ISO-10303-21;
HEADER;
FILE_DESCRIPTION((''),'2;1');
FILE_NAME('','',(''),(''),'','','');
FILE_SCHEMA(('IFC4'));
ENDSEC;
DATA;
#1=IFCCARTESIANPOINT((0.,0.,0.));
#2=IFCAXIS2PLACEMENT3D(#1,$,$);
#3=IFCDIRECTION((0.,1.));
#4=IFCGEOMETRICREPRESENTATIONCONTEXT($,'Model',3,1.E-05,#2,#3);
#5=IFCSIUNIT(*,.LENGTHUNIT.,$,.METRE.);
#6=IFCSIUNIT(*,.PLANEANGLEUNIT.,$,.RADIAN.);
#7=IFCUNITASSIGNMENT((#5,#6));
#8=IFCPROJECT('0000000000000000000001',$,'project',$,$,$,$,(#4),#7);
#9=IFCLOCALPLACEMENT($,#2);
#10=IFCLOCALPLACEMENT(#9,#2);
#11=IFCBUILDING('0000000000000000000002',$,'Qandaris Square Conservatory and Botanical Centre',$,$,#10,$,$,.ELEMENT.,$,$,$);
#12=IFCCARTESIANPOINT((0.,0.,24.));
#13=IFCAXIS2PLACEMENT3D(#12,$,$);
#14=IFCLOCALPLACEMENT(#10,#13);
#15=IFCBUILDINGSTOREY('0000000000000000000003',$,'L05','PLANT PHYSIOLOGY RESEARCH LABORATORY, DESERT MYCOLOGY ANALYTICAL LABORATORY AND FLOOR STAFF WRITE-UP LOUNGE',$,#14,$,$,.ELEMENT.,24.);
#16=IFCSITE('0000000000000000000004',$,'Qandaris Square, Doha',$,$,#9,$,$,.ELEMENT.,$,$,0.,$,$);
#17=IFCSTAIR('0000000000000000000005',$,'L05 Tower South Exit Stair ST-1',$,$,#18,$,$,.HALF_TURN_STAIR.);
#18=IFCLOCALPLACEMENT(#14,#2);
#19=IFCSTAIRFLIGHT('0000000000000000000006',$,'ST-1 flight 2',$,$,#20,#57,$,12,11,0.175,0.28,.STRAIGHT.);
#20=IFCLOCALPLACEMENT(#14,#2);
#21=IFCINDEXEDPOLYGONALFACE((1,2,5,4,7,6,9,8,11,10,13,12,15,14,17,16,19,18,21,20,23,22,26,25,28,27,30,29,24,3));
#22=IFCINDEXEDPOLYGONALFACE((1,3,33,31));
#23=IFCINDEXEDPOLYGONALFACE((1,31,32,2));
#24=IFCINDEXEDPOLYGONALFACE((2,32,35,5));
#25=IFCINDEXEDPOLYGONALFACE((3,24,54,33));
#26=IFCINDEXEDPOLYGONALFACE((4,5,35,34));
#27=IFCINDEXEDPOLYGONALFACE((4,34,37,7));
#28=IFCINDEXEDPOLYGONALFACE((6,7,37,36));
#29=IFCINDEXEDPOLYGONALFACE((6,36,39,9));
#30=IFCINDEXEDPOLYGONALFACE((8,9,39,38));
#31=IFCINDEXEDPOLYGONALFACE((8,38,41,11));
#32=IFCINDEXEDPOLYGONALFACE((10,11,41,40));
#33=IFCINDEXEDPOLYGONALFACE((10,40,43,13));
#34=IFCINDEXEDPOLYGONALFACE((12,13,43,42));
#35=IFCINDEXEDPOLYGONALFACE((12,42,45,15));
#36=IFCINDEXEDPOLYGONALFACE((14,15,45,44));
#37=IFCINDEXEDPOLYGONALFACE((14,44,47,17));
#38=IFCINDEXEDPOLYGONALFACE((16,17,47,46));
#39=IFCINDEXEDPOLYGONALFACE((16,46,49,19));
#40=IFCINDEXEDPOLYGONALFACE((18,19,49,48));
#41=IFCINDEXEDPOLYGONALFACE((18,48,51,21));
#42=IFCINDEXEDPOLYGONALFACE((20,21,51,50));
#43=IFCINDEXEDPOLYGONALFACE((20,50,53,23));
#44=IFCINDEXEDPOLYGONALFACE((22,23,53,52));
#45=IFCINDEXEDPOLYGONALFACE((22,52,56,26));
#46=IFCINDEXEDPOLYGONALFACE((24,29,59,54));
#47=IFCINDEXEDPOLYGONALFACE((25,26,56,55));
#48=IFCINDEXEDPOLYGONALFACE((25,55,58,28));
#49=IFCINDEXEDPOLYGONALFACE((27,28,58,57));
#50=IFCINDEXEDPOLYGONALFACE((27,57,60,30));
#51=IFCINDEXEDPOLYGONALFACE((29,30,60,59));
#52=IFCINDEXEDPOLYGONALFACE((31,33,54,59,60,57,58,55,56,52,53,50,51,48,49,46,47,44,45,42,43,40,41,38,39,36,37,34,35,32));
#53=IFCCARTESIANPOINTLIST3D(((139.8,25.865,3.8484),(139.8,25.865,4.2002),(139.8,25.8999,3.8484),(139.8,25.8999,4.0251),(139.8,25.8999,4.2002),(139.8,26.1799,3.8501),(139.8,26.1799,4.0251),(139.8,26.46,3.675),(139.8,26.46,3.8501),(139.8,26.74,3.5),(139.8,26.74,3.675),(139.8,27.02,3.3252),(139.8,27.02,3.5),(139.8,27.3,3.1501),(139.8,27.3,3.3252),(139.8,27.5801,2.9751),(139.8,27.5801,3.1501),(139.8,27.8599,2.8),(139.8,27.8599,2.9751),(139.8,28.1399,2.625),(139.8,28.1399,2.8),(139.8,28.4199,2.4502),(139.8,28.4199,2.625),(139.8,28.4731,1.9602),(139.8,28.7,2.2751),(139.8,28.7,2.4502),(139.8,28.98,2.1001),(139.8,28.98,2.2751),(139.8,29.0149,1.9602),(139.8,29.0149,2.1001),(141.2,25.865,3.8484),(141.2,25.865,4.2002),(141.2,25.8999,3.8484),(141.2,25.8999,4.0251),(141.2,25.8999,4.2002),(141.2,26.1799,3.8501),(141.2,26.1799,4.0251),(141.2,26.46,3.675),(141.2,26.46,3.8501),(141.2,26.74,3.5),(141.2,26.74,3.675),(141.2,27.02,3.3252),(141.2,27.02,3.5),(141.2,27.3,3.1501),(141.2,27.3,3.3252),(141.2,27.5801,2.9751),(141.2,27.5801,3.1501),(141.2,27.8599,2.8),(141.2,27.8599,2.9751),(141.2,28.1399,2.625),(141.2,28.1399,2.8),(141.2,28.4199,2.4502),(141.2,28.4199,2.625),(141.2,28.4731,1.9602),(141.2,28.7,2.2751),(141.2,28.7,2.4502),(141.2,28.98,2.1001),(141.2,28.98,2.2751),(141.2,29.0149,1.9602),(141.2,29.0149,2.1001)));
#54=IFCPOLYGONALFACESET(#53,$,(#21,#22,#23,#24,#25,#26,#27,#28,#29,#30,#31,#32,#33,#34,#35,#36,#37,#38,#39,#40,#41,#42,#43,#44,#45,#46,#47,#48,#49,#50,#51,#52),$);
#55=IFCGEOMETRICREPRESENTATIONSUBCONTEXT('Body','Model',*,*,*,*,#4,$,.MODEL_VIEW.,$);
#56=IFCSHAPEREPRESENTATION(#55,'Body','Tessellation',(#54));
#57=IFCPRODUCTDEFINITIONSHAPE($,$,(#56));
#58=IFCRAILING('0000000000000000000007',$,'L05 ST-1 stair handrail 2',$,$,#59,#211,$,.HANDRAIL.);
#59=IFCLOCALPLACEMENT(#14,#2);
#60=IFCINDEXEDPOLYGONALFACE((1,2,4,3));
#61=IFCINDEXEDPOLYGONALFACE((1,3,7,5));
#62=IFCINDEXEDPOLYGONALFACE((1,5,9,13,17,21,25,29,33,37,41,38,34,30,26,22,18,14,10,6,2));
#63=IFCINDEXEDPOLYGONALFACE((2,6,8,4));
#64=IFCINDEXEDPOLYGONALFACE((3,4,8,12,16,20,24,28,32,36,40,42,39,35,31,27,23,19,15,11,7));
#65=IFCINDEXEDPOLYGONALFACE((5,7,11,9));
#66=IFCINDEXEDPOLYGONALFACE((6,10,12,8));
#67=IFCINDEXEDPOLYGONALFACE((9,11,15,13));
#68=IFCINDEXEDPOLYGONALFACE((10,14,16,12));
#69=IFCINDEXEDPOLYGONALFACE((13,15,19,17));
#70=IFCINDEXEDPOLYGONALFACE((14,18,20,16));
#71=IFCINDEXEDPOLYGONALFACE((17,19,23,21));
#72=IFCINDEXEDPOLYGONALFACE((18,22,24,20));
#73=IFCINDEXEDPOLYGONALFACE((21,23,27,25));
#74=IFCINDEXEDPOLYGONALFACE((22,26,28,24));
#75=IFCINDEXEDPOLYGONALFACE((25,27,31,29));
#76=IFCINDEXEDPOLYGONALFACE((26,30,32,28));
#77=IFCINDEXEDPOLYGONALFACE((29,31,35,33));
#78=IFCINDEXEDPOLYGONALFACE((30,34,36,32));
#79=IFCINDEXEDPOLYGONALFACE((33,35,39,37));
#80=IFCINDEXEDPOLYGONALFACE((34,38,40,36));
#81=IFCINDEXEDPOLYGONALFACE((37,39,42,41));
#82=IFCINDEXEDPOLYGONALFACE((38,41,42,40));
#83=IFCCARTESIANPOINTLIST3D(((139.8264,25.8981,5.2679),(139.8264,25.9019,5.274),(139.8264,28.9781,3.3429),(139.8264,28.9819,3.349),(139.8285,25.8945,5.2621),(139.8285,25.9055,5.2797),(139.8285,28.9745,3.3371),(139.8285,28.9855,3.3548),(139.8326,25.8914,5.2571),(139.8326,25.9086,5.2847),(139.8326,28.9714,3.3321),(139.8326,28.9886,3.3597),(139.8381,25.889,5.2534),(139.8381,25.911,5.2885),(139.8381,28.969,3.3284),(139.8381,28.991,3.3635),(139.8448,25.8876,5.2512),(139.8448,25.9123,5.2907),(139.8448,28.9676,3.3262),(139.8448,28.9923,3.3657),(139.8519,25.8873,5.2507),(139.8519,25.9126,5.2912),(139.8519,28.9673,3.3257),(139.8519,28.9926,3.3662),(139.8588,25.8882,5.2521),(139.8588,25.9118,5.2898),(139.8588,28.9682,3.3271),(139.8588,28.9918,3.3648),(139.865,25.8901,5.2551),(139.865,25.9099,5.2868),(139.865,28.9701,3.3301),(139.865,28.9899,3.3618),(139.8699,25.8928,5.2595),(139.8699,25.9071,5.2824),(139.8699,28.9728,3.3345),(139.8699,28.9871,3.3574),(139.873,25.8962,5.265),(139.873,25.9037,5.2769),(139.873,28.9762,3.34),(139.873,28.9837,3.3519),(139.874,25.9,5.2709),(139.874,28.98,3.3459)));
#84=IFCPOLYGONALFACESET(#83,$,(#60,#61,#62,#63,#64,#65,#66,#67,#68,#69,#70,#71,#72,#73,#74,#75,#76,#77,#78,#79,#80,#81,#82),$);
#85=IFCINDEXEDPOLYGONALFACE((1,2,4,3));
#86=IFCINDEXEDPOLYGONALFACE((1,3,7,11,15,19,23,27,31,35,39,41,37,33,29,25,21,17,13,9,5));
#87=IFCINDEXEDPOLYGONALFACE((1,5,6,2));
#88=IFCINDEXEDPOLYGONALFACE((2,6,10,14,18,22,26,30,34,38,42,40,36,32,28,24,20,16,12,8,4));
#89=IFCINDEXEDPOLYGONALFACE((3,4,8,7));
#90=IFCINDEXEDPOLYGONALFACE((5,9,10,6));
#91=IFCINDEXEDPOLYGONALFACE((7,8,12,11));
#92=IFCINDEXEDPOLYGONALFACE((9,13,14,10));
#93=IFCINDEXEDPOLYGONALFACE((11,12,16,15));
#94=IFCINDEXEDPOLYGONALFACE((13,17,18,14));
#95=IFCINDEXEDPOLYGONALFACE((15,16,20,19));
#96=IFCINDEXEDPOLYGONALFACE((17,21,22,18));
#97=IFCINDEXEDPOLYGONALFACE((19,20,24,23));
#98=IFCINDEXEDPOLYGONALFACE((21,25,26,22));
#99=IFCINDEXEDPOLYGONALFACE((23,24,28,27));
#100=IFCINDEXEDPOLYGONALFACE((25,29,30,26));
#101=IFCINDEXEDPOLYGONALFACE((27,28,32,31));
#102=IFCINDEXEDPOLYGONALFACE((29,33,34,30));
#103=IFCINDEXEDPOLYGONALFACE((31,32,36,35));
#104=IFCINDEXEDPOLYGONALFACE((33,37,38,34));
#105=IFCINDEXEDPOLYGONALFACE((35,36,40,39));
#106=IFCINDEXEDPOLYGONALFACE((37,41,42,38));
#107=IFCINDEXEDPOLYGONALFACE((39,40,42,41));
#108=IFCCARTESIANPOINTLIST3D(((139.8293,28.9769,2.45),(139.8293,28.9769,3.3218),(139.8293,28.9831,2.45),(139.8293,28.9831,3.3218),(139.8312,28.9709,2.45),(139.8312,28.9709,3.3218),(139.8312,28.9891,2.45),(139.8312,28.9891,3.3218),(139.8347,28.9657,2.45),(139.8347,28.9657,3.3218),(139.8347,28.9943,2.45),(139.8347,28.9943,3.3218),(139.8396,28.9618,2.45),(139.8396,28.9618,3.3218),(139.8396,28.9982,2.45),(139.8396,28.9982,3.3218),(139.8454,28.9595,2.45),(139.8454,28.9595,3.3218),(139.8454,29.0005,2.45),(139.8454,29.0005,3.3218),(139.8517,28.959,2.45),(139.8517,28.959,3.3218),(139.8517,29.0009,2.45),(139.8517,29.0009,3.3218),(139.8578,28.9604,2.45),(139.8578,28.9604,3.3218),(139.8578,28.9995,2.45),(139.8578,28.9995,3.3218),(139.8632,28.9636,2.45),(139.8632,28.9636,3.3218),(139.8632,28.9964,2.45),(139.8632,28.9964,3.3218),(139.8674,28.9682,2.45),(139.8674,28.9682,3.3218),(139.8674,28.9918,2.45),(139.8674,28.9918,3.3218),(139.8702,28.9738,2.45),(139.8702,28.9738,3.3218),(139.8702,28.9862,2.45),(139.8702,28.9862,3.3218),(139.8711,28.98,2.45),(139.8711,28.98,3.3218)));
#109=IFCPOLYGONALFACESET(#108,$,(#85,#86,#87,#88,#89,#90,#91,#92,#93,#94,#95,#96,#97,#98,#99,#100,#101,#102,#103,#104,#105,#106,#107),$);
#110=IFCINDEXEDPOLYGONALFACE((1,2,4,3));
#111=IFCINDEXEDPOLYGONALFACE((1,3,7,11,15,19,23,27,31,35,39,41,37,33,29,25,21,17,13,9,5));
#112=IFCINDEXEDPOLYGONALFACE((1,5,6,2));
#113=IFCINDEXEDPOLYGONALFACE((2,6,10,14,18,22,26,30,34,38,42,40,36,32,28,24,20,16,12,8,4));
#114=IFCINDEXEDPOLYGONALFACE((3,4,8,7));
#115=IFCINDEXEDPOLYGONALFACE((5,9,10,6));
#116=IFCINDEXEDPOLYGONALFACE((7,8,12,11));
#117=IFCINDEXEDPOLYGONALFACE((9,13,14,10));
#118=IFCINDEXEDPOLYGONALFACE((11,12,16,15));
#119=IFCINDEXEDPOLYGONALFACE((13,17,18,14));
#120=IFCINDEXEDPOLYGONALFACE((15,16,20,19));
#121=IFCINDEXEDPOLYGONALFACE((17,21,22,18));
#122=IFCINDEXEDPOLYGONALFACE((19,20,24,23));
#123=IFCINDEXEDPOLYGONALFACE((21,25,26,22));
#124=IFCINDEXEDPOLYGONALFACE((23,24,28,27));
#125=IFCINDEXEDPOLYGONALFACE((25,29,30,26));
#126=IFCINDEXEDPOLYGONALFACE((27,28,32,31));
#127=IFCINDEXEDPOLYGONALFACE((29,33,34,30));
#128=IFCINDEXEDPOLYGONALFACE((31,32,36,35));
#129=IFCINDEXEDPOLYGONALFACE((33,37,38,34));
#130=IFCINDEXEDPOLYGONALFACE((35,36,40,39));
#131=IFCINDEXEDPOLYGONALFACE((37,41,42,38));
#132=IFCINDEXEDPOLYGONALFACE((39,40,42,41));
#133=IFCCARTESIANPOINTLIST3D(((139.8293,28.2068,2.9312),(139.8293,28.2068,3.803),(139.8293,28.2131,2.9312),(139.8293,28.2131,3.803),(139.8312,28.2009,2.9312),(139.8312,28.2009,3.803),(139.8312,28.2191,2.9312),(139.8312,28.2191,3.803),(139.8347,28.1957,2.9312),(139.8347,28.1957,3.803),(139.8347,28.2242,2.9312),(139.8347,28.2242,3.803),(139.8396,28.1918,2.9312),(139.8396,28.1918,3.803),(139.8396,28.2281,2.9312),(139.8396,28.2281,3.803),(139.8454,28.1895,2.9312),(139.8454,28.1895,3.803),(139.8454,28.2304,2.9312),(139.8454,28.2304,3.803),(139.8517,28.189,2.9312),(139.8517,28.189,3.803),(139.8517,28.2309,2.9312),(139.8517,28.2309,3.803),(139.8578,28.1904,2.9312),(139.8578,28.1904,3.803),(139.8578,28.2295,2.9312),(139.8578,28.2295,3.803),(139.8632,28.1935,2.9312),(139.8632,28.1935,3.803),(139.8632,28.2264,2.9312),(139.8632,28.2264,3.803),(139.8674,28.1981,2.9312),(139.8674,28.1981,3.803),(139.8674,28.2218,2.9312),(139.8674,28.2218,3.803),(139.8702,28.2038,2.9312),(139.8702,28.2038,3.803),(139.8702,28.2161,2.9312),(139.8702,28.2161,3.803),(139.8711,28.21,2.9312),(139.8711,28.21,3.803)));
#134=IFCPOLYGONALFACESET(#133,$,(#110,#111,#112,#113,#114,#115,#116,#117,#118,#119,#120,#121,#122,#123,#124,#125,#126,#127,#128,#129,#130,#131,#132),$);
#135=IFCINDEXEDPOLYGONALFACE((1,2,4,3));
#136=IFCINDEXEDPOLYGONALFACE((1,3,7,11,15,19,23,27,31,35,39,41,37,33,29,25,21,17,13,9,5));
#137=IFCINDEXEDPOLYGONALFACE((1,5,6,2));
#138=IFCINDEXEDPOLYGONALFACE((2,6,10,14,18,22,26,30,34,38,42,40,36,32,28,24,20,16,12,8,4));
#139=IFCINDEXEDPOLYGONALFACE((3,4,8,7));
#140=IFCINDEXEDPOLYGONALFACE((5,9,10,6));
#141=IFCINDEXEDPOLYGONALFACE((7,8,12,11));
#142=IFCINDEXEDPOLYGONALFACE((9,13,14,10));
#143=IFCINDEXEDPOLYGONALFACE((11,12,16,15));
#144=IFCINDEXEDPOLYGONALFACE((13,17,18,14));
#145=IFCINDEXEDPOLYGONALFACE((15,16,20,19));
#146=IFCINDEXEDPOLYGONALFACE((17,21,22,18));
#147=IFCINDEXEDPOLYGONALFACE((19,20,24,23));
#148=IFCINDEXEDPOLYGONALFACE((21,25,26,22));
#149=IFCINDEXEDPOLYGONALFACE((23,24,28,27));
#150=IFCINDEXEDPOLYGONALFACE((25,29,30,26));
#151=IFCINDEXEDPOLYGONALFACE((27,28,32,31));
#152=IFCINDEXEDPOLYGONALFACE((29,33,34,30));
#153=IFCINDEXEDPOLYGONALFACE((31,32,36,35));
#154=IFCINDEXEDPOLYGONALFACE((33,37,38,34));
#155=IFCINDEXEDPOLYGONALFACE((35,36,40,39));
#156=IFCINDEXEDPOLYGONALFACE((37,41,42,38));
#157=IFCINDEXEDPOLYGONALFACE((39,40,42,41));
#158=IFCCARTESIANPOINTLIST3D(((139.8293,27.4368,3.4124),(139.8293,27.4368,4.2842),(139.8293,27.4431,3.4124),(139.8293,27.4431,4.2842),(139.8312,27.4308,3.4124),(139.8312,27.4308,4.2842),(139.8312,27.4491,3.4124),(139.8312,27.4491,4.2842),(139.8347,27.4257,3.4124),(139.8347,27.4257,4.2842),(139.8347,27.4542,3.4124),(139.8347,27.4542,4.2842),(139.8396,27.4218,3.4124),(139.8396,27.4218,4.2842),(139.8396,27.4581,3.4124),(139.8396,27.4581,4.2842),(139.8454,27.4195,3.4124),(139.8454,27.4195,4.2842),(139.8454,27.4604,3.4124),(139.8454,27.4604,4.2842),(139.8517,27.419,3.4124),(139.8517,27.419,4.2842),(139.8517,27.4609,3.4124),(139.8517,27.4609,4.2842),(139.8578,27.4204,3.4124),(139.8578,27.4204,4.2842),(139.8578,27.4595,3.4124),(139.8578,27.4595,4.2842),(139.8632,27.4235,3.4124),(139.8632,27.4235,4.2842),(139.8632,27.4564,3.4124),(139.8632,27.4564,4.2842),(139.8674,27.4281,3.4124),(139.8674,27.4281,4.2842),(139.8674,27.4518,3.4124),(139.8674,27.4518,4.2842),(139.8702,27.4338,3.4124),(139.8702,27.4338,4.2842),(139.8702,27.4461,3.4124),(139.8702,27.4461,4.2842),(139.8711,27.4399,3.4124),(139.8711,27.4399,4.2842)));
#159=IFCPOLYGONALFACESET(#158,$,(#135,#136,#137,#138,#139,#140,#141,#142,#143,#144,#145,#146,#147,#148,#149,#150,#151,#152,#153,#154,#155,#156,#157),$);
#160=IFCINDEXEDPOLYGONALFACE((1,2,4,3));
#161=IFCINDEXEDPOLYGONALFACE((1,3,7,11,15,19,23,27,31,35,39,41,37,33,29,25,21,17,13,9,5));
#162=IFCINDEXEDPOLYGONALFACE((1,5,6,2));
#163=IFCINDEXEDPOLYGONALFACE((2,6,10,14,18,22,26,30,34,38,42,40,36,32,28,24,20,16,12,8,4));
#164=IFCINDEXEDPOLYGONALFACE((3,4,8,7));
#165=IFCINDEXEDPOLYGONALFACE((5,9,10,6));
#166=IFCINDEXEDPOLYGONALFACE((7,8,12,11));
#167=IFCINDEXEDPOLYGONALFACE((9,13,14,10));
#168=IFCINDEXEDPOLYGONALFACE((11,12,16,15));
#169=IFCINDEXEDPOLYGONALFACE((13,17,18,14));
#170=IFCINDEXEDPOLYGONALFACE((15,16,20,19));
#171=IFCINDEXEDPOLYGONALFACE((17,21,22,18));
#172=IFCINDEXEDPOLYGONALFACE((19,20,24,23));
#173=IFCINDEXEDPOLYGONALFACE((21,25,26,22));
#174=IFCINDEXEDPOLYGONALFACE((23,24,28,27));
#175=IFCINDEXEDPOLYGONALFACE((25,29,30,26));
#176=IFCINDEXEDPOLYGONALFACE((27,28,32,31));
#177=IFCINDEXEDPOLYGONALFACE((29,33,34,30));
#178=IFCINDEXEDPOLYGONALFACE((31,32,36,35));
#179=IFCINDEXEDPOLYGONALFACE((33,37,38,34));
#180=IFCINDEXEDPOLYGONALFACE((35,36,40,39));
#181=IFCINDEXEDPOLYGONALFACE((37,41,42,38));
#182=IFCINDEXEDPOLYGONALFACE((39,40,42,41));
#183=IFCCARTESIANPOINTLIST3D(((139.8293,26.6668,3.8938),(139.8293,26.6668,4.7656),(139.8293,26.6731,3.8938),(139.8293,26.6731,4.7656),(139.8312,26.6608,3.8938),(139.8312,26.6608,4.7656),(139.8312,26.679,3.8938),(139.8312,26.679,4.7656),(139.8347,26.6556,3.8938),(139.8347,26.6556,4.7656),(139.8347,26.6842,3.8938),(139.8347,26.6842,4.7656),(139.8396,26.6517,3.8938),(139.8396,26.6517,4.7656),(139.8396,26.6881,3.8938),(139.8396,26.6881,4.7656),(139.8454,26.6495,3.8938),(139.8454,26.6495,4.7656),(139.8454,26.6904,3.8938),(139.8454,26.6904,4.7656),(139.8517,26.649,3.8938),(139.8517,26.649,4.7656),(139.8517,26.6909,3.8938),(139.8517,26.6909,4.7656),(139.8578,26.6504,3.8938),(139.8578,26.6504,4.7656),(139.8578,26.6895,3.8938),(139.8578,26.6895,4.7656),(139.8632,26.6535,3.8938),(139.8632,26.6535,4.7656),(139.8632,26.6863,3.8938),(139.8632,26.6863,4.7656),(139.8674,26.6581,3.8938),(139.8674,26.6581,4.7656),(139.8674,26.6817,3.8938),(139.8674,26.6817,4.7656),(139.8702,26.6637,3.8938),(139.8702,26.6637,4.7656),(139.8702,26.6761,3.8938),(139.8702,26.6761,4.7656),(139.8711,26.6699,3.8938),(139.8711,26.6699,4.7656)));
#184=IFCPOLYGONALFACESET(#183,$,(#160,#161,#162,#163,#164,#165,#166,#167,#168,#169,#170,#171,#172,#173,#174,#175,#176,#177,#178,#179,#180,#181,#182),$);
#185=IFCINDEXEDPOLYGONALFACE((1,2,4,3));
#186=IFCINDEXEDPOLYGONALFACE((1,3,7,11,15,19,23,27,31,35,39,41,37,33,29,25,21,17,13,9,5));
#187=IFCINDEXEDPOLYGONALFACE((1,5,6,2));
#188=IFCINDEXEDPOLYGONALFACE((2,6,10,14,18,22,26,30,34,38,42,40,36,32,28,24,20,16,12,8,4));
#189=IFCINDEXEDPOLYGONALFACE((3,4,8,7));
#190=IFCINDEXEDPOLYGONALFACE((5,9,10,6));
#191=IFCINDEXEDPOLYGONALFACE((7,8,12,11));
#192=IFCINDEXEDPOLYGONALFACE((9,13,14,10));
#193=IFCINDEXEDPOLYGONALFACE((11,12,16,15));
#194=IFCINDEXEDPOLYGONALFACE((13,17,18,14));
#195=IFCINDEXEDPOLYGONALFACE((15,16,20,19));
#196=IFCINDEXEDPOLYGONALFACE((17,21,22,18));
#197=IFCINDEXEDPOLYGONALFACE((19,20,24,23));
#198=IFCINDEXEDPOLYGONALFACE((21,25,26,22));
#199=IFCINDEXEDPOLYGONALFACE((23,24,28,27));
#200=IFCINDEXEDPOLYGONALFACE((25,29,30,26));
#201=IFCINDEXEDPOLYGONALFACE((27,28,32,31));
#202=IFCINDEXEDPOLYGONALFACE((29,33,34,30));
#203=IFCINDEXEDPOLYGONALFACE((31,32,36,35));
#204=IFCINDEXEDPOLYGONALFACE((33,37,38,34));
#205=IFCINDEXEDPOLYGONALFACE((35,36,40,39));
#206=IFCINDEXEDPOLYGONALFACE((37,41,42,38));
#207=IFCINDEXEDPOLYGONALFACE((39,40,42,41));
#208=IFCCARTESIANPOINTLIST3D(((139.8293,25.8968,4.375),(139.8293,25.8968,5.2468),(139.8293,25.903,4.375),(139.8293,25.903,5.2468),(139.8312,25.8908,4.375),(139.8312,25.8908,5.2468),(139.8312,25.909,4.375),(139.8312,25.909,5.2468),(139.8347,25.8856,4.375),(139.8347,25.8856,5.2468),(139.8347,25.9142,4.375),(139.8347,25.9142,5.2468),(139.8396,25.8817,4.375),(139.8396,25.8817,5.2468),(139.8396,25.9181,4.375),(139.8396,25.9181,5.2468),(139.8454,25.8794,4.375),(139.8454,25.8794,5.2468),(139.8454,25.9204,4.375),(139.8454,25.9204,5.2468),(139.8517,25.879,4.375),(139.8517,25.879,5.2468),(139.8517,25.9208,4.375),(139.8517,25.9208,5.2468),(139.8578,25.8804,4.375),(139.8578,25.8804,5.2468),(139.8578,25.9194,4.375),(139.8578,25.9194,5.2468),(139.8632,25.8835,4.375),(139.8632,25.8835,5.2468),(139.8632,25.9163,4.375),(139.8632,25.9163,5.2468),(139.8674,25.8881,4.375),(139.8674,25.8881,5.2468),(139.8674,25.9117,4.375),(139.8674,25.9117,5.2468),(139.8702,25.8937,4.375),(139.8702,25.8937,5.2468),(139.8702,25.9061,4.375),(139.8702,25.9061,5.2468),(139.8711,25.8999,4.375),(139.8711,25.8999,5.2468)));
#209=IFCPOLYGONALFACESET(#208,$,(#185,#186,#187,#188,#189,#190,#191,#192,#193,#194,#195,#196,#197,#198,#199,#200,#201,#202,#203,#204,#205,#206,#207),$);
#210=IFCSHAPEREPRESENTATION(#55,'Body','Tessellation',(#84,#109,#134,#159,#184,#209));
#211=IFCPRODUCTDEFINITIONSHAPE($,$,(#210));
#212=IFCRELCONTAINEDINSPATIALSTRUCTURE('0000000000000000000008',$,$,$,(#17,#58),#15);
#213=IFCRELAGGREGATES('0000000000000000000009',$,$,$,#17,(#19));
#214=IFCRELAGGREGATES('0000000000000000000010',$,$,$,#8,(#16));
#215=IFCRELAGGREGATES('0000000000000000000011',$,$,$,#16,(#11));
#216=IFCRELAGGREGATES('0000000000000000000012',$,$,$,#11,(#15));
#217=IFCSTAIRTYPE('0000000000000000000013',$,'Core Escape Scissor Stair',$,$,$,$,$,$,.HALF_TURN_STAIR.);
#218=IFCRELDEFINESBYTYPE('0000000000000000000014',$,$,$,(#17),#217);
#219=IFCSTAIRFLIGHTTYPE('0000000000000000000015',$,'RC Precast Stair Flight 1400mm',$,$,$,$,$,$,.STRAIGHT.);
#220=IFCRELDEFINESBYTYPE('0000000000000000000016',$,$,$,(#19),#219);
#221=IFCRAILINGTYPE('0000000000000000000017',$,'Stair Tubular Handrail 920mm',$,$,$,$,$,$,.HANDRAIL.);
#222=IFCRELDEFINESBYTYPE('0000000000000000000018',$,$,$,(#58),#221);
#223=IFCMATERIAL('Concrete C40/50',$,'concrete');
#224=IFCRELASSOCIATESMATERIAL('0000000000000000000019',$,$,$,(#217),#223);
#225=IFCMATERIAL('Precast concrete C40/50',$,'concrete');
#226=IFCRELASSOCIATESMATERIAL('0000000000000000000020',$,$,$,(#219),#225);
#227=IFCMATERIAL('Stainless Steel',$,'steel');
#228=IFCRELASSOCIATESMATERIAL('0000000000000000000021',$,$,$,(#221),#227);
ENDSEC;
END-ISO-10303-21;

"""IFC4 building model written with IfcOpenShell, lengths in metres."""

from ifc_helpers import new_model, si_unit, direction, frame, origin, origin_2d, place, context, subcontext, project, spatial, polyline, circle, outline, extrude, material, type_object, element, aggregate, save


model = new_model("IFC4")

# Units and contexts
model_context = context("Model", 3, precision=1e-05, world=origin(), true_north=direction((0.0, 1.0)))
body_context = subcontext(model_context, "Body", "Model", "MODEL_VIEW")
ifc_project = project(units=[si_unit("LENGTHUNIT", "METRE"), si_unit("PLANEANGLEUNIT", "RADIAN")], contexts=[model_context])

# Site, building, storey
site_placement = place(None, origin())
site = spatial("IfcSite", under=ifc_project, at=site_placement, Name="Qandaris Square, Doha", CompositionType="ELEMENT", RefElevation=0.0)
building_placement = place(site_placement, origin())
building = spatial("IfcBuilding", under=site, at=building_placement, Name="Qandaris Square Conservatory and Botanical Centre", CompositionType="ELEMENT")
storey_placement = place(building_placement, frame((0.0, 0.0, 24.0)))
storey = spatial("IfcBuildingStorey", under=building, at=storey_placement, Name="L05", Description="PLANT PHYSIOLOGY RESEARCH LABORATORY, DESERT MYCOLOGY ANALYTICAL LABORATORY AND FLOOR STAFF WRITE-UP LOUNGE", CompositionType="ELEMENT", Elevation=24.0)

# Shared definitions
ifc_material_1 = material(Name="Precast concrete C40/50", Category="concrete")

# Stair, stair flight
ifc_material_2 = material(Name="Concrete C40/50", Category="concrete")
stair_type = type_object("IfcStairType", Name="Core Escape Scissor Stair", PredefinedType="HALF_TURN_STAIR", material=ifc_material_2)
stair_placement = place(storey_placement, origin())
stair = element("IfcStair", 1, at=stair_placement, inside=storey, type_object=stair_type, Name="L05 Tower South Exit Stair ST-1", PredefinedType="HALF_TURN_STAIR")
stair_flight_type = type_object("IfcStairFlightType", Name="RC Precast Stair Flight 1400mm", PredefinedType="STRAIGHT", material=ifc_material_1)
stair_flight_1_placement = place(storey_placement, frame((140.5, 28.98, 2.1001), z_axis=(0.0, 0.0, 1.0), x_axis=(0.0, -1.0, 0.0)))
stair_flight_1 = element("IfcStairFlight", 2, at=stair_flight_1_placement, type_object=stair_flight_type, Name="ST-1 flight 2", NumberOfRisers=12, NumberOfTreads=11, PredefinedType="STRAIGHT", RiserHeight=0.175, TreadLength=0.28, context=body_context, shape_type="SweptSolid", body=[
    extrude(outline(polyline([(-0.0349, 0.0), (0.0, 0.0), (0.0, 0.175), (0.28, 0.175), (0.28, 0.3501), (0.5601, 0.3501), (0.5601, 0.5249), (0.8401, 0.5249), (0.8401, 0.7), (1.1201, 0.7), (1.1201, 0.875), (1.3999, 0.875), (1.3999, 1.05), (1.6799, 1.05), (1.6799, 1.2251), (1.96, 1.2251), (1.96, 1.3999), (2.24, 1.3999), (2.24, 1.575), (2.52, 1.575), (2.52, 1.75), (2.8, 1.75), (2.8, 1.925), (3.0801, 1.925), (3.0801, 2.1001), (3.115, 2.1001), (3.115, 1.7483), (3.0801, 1.7483), (0.5068, -0.1399), (-0.0349, -0.1399), (-0.0349, 0.0)])), frame((0.0, 0.7, 0.0), z_axis=(0.0, -1.0, 0.0), x_axis=(1.0, 0.0, 0.0)), (0.0, 0.0, 1.0), 1.3999),
])
aggregate(stair, [stair_flight_1])

# Railing
ifc_material_3 = material(Name="Stainless Steel", Category="steel")
railing_type_1 = type_object("IfcRailingType", Name="Stair Tubular Handrail 920mm", PredefinedType="HANDRAIL", material=ifc_material_3)
railing_1_placement = place(storey_placement, frame((139.8501, 28.98, 2.45)))
element("IfcRailing", 3, at=railing_1_placement, inside=storey, type_object=railing_type_1, Name="L05 ST-1 stair handrail 2", PredefinedType="HANDRAIL", context=body_context, shape_type="SweptSolid", body=[
    extrude(circle(Radius=0.0239, at=origin_2d()), frame((0.0, 0.0, 0.896), z_axis=(0.0, -0.847998, 0.529999), x_axis=(1.0, 0.0, 0.0)), (0.0, 0.0, 1.0), 3.6321),
    extrude(circle(Radius=0.021, at=origin_2d()), origin(), (0.0, 0.0, 1.0), 0.8718),
    extrude(circle(Radius=0.021, at=origin_2d()), frame((0.0, -0.77, 0.4812)), (0.0, 0.0, 1.0), 0.8718),
    extrude(circle(Radius=0.021, at=origin_2d()), frame((0.0, -1.54, 0.9624)), (0.0, 0.0, 1.0), 0.8718),
    extrude(circle(Radius=0.021, at=origin_2d()), frame((0.0, -2.3101, 1.4438)), (0.0, 0.0, 1.0), 0.8718),
    extrude(circle(Radius=0.021, at=origin_2d()), frame((0.0, -3.0801, 1.925)), (0.0, 0.0, 1.0), 0.8718),
])

save(model, "model.ifc")
